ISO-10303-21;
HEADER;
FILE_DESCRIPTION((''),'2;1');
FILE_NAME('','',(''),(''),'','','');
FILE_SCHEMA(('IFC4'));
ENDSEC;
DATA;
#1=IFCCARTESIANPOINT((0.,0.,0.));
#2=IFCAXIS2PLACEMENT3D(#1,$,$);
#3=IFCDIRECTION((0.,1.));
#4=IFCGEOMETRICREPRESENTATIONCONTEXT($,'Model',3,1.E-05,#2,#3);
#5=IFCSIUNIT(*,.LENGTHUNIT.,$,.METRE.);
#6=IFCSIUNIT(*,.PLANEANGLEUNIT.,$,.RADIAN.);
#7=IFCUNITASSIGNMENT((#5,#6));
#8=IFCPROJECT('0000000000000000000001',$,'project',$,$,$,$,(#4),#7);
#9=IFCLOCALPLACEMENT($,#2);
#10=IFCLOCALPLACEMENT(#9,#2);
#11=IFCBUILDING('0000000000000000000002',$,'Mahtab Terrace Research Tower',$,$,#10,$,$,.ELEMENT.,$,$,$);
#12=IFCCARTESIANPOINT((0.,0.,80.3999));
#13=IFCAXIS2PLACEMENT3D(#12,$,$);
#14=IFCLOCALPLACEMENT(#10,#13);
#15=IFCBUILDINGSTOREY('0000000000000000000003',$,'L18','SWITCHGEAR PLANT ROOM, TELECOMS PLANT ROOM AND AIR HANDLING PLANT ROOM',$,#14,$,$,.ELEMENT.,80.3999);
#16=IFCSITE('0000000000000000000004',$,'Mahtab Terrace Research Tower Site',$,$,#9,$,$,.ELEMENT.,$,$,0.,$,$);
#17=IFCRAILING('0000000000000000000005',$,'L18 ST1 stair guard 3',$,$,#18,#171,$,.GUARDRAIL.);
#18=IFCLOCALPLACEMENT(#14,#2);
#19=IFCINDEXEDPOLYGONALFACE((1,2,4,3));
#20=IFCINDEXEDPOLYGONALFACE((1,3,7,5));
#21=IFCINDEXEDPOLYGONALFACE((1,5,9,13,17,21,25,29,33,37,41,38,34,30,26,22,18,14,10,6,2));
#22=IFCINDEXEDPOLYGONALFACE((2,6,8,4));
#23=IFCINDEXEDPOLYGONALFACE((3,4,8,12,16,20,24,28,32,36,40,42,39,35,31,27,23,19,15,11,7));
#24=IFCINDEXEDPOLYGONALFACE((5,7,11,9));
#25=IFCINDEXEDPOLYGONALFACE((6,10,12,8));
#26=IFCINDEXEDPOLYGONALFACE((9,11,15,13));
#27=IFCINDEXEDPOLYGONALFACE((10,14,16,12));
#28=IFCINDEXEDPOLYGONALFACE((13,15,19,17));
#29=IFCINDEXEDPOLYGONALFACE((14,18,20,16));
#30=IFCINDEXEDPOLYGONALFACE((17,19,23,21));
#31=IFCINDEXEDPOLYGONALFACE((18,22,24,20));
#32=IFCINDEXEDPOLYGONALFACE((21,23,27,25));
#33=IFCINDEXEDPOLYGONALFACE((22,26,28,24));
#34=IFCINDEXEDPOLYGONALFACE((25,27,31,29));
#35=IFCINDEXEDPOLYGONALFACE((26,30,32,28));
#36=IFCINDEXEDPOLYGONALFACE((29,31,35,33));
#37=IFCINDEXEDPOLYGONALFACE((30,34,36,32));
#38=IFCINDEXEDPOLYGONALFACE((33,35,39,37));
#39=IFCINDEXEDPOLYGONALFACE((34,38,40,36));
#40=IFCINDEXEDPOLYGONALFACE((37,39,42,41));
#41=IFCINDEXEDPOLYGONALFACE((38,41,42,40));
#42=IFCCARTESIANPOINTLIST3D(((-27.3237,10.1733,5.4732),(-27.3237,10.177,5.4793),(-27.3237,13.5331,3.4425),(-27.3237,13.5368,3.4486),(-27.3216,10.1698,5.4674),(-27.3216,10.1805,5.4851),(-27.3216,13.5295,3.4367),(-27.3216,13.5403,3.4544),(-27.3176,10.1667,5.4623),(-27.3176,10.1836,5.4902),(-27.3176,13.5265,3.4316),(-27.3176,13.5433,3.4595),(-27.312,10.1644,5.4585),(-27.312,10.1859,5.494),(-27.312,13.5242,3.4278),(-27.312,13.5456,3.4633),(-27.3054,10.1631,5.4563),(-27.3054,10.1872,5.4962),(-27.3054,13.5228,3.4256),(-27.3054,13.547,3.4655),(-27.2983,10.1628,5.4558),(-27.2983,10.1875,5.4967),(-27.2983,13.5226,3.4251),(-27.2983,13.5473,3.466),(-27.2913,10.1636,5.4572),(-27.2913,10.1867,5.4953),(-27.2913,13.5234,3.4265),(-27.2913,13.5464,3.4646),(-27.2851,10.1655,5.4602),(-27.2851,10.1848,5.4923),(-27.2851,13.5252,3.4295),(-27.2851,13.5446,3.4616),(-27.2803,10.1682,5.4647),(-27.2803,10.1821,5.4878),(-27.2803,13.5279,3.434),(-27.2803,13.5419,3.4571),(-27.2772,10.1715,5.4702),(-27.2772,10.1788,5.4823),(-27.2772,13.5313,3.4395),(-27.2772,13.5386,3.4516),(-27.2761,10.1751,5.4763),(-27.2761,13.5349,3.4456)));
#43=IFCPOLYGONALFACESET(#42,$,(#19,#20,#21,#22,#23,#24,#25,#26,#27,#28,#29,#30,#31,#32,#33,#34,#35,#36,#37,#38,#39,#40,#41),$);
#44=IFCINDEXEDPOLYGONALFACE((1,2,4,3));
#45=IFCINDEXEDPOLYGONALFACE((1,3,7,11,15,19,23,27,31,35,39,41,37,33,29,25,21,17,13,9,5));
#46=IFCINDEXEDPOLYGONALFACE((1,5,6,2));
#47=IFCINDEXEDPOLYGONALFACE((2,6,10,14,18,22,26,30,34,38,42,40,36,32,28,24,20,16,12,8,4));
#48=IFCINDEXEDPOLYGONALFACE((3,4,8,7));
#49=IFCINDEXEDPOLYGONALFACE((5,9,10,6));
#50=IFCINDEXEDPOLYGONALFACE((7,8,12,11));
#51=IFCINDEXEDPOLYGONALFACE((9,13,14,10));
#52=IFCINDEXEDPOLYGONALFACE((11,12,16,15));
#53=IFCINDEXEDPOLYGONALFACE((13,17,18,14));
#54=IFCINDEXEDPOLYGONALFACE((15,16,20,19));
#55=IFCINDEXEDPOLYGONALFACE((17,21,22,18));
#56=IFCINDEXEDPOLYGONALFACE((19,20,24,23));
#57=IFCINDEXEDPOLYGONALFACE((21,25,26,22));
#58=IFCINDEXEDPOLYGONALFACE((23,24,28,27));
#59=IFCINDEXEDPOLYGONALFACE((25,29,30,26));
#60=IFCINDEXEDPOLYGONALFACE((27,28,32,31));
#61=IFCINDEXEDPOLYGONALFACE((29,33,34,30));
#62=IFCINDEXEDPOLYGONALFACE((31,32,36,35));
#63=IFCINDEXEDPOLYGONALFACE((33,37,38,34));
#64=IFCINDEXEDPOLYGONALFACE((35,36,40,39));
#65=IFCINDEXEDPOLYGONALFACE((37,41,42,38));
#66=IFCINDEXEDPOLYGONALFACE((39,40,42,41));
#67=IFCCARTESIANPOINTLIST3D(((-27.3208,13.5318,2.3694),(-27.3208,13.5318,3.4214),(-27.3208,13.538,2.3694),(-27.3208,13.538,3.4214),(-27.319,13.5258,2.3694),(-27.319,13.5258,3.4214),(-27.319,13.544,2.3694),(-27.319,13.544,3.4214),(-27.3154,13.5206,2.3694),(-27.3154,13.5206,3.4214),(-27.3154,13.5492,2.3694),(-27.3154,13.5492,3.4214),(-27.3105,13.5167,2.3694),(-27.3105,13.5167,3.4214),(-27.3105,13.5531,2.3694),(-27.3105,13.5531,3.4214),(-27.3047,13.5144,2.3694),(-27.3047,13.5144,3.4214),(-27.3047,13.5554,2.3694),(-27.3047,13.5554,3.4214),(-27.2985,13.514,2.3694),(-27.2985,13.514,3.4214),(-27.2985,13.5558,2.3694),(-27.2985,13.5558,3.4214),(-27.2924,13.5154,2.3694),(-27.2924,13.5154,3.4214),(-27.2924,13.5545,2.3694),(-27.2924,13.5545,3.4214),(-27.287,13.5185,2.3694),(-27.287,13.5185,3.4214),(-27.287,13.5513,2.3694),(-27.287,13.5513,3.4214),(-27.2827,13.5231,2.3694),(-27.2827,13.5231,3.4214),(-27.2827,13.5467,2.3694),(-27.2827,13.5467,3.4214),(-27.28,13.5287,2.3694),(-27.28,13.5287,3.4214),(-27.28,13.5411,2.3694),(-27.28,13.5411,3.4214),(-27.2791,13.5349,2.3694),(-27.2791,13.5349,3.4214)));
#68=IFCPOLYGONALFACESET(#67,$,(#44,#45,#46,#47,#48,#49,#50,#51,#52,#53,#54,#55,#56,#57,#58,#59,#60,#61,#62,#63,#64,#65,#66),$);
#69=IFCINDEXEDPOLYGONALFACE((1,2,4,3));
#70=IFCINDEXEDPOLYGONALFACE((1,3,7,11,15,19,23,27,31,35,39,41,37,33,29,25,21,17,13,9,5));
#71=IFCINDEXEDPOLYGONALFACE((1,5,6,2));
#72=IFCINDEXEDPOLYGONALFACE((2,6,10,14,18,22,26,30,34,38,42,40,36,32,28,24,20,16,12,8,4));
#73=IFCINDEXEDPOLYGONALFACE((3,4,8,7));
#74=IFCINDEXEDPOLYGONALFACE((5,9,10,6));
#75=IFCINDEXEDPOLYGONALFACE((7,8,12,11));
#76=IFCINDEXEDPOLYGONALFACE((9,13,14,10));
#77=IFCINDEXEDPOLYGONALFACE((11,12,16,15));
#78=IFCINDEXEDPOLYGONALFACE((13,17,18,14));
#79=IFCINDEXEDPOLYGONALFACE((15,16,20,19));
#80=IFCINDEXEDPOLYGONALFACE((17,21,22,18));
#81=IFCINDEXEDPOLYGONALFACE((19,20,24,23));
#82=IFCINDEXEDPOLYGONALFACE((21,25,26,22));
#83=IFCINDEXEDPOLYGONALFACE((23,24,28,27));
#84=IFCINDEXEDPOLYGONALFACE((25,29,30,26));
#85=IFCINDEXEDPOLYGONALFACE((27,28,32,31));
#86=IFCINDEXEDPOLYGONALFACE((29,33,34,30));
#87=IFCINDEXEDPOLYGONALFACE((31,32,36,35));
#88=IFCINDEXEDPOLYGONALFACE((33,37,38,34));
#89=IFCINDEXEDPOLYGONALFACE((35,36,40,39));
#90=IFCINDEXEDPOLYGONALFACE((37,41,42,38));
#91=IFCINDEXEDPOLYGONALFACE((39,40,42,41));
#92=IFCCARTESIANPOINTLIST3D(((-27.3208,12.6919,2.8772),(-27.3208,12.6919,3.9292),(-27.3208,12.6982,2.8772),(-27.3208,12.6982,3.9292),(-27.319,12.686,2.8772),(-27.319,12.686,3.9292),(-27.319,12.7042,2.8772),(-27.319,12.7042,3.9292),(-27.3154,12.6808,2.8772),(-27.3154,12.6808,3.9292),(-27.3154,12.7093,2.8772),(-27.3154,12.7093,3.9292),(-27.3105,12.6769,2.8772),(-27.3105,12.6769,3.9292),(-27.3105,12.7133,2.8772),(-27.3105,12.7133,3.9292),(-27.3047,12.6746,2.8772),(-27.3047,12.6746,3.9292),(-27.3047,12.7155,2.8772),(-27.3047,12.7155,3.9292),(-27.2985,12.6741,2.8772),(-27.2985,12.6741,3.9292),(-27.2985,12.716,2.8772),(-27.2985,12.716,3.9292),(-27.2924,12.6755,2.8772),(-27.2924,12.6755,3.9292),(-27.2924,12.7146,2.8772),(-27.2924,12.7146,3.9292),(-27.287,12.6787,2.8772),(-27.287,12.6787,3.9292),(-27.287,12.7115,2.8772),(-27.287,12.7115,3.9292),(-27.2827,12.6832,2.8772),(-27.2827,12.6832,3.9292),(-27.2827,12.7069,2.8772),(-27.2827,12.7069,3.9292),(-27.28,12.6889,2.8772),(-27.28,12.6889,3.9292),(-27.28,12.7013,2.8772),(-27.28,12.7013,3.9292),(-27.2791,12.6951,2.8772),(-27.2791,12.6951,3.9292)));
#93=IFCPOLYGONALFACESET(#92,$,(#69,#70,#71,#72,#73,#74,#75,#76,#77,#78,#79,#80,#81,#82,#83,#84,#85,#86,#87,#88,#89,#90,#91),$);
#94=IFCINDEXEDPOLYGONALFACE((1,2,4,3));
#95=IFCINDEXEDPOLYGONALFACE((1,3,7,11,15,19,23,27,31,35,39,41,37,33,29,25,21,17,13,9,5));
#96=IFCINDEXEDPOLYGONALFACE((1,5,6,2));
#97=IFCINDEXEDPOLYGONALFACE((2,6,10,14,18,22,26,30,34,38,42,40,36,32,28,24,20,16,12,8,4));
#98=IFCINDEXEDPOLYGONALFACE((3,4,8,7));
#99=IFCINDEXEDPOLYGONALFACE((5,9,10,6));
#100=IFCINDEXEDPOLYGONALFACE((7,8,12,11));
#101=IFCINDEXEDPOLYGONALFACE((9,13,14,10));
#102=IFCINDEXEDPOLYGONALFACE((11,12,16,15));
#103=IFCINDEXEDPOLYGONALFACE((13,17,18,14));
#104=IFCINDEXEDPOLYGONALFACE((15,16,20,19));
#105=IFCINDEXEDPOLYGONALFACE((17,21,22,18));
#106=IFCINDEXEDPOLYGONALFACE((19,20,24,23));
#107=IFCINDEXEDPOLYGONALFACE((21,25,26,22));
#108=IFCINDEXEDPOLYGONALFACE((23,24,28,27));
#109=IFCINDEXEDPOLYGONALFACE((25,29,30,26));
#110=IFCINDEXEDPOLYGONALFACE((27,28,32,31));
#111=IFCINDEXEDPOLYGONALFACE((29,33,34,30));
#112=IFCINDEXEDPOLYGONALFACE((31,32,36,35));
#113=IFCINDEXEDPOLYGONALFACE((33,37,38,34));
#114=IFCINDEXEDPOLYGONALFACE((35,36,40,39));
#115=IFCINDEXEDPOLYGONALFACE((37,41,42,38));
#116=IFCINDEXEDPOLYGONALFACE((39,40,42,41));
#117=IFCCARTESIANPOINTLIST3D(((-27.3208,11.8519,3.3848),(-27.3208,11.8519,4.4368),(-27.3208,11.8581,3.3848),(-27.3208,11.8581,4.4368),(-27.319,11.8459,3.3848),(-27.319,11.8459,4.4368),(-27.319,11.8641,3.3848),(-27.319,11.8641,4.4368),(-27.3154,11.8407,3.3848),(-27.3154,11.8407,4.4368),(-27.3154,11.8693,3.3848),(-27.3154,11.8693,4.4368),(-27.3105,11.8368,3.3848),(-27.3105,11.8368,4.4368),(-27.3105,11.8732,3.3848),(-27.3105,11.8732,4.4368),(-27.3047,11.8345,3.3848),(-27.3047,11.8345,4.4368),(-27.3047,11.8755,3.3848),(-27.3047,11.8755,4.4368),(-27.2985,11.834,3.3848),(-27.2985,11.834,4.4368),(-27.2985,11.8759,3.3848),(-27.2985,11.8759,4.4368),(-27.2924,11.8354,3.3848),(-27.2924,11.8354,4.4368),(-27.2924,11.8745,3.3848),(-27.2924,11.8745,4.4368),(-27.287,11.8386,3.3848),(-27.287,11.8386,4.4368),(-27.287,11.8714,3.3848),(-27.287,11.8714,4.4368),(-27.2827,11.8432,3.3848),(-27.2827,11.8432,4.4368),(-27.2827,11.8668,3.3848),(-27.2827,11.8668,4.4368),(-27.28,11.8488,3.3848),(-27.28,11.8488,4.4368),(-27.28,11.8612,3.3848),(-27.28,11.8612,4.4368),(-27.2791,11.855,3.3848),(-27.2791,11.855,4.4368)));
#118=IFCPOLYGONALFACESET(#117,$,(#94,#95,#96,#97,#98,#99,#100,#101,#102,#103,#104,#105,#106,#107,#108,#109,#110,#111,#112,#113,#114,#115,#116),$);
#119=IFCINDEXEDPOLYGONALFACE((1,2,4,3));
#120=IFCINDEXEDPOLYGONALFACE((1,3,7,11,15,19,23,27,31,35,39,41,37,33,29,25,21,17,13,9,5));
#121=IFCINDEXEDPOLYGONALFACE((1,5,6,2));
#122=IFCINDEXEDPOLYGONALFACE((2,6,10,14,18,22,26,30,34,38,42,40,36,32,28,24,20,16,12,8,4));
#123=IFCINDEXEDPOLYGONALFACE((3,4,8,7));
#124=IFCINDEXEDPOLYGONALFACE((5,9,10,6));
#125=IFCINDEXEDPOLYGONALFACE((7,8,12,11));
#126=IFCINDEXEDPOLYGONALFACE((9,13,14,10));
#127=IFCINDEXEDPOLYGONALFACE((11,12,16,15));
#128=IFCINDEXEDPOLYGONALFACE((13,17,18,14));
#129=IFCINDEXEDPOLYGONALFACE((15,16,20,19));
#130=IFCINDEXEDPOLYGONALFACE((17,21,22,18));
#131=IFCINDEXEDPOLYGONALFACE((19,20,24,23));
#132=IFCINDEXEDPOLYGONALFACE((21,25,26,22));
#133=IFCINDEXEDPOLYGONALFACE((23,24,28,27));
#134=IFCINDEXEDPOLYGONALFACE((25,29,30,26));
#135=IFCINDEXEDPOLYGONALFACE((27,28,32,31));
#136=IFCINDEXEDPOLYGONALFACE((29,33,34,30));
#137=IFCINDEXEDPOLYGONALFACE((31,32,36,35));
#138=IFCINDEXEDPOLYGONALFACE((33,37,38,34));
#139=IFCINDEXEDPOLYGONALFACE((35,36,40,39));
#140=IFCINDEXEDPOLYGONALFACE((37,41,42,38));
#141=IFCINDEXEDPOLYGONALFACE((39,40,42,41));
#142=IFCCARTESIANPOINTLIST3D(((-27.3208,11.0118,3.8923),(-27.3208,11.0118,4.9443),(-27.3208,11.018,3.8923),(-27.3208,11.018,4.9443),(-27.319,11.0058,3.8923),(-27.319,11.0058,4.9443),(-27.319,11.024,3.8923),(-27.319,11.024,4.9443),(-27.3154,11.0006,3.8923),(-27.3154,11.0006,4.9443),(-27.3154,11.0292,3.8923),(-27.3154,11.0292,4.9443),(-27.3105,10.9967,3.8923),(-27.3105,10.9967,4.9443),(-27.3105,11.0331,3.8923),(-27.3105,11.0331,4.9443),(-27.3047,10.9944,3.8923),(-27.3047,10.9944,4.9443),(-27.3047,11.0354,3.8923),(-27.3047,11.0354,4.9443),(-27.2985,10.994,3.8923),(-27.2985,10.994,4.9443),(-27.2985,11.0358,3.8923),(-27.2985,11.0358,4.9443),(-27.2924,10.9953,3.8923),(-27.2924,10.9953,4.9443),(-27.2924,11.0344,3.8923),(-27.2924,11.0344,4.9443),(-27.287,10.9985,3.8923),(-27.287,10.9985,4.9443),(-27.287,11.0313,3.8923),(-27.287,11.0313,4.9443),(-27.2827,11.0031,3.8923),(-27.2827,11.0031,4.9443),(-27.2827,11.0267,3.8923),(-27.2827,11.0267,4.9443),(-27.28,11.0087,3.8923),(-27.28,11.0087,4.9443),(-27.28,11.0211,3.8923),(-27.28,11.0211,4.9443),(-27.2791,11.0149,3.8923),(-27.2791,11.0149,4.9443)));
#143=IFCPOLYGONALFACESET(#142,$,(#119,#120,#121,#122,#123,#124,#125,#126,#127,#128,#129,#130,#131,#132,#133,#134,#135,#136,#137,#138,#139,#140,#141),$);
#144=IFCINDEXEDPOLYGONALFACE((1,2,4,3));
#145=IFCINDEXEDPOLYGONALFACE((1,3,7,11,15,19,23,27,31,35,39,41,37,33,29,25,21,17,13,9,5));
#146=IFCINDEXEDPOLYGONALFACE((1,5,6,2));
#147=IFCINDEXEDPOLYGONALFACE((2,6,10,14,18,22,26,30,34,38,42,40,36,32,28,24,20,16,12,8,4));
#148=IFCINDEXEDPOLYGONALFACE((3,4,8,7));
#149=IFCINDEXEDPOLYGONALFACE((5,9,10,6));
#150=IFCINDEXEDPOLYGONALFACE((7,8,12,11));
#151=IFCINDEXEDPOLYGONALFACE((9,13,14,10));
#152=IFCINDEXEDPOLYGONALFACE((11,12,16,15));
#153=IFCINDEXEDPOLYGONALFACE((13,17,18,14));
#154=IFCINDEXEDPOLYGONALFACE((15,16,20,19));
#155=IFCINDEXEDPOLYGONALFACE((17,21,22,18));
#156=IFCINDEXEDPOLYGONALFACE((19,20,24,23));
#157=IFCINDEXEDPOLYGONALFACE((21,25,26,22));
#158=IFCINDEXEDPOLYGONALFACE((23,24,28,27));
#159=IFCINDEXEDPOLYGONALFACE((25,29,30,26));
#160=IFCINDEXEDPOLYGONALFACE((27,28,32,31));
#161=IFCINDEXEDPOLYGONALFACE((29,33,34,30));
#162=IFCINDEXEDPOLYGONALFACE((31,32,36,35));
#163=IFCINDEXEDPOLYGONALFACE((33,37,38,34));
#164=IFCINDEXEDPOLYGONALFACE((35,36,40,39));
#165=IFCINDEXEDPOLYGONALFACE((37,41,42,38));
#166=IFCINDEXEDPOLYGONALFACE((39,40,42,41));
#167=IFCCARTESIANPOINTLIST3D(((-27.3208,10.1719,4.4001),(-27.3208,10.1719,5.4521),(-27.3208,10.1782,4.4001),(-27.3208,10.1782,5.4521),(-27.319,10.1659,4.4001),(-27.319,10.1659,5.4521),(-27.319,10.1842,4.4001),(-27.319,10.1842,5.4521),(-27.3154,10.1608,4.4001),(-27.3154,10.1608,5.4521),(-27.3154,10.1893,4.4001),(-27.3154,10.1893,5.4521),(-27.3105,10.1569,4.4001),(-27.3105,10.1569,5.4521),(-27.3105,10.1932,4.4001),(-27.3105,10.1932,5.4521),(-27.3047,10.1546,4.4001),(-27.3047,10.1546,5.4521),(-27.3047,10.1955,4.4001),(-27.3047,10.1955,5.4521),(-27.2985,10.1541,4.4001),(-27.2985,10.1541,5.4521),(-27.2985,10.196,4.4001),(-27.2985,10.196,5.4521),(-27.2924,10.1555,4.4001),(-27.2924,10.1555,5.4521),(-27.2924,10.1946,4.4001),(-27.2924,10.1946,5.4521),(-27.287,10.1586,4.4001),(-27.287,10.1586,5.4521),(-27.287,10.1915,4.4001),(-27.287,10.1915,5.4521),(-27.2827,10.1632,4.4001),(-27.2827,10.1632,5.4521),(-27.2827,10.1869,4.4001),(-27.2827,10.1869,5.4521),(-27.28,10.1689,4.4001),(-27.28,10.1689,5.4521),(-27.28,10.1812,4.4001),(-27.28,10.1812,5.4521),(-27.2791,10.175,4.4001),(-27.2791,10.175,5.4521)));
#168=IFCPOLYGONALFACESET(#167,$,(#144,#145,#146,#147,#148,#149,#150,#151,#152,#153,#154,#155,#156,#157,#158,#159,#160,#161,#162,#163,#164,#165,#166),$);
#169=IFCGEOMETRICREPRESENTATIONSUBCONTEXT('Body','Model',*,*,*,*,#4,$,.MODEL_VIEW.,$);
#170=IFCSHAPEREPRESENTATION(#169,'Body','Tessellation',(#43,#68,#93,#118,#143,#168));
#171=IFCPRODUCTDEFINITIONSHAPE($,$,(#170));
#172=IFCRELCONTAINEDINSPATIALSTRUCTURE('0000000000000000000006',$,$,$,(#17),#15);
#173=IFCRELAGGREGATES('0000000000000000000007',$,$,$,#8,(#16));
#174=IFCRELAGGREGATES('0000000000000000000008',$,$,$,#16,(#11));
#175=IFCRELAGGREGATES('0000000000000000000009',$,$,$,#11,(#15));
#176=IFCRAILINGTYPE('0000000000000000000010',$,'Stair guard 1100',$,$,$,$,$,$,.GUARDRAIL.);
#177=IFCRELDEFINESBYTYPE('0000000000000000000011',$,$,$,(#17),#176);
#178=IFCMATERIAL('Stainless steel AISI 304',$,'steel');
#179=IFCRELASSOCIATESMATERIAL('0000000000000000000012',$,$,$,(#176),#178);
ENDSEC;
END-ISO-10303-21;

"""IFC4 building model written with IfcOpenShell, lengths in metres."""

from ifc_helpers import new_model, si_unit, direction, frame, origin, origin_2d, place, context, subcontext, project, spatial, circle, extrude, material, type_object, element, save


model = new_model("IFC4")

# Units and contexts
model_context = context("Model", 3, precision=1e-05, world=origin(), true_north=direction((0.0, 1.0)))
body_context = subcontext(model_context, "Body", "Model", "MODEL_VIEW")
ifc_project = project(units=[si_unit("LENGTHUNIT", "METRE"), si_unit("PLANEANGLEUNIT", "RADIAN")], contexts=[model_context])

# Site, building, storey
site_placement = place(None, origin())
site = spatial("IfcSite", under=ifc_project, at=site_placement, Name="Mahtab Terrace Research Tower Site", CompositionType="ELEMENT", RefElevation=0.0)
building_placement = place(site_placement, origin())
building = spatial("IfcBuilding", under=site, at=building_placement, Name="Mahtab Terrace Research Tower", CompositionType="ELEMENT")
storey_placement = place(building_placement, frame((0.0, 0.0, 80.3999)))
storey = spatial("IfcBuildingStorey", under=building, at=storey_placement, Name="L18", Description="SWITCHGEAR PLANT ROOM, TELECOMS PLANT ROOM AND AIR HANDLING PLANT ROOM", CompositionType="ELEMENT", Elevation=80.3999)

# Railing
ifc_material_1 = material(Name="Stainless steel AISI 304", Category="steel")
railing_type_1 = type_object("IfcRailingType", Name="Stair guard 1100", PredefinedType="GUARDRAIL", material=ifc_material_1)
railing_1_placement = place(storey_placement, frame((-27.3, 13.5349, 2.3694)))
element("IfcRailing", 1, at=railing_1_placement, inside=storey, type_object=railing_type_1, Name="L18 ST1 stair guard 3", PredefinedType="GUARDRAIL", context=body_context, shape_type="SweptSolid", body=[
    extrude(circle(Radius=0.0239, at=origin_2d()), frame((0.0, 0.0, 1.0762), z_axis=(0.0, -0.85582, 0.517273), x_axis=(1.0, 0.0, 0.0)), (0.0, 0.0, 1.0), 3.9258),
    extrude(circle(Radius=0.021, at=origin_2d()), origin(), (0.0, 0.0, 1.0), 1.052),
    extrude(circle(Radius=0.021, at=origin_2d()), frame((0.0, -0.8398, 0.5078)), (0.0, 0.0, 1.0), 1.052),
    extrude(circle(Radius=0.021, at=origin_2d()), frame((0.0, -1.6799, 1.0154)), (0.0, 0.0, 1.0), 1.052),
    extrude(circle(Radius=0.021, at=origin_2d()), frame((0.0, -2.52, 1.5229)), (0.0, 0.0, 1.0), 1.052),
    extrude(circle(Radius=0.021, at=origin_2d()), frame((0.0, -3.3599, 2.0308)), (0.0, 0.0, 1.0), 1.052),
])

save(model, "model.ifc")
